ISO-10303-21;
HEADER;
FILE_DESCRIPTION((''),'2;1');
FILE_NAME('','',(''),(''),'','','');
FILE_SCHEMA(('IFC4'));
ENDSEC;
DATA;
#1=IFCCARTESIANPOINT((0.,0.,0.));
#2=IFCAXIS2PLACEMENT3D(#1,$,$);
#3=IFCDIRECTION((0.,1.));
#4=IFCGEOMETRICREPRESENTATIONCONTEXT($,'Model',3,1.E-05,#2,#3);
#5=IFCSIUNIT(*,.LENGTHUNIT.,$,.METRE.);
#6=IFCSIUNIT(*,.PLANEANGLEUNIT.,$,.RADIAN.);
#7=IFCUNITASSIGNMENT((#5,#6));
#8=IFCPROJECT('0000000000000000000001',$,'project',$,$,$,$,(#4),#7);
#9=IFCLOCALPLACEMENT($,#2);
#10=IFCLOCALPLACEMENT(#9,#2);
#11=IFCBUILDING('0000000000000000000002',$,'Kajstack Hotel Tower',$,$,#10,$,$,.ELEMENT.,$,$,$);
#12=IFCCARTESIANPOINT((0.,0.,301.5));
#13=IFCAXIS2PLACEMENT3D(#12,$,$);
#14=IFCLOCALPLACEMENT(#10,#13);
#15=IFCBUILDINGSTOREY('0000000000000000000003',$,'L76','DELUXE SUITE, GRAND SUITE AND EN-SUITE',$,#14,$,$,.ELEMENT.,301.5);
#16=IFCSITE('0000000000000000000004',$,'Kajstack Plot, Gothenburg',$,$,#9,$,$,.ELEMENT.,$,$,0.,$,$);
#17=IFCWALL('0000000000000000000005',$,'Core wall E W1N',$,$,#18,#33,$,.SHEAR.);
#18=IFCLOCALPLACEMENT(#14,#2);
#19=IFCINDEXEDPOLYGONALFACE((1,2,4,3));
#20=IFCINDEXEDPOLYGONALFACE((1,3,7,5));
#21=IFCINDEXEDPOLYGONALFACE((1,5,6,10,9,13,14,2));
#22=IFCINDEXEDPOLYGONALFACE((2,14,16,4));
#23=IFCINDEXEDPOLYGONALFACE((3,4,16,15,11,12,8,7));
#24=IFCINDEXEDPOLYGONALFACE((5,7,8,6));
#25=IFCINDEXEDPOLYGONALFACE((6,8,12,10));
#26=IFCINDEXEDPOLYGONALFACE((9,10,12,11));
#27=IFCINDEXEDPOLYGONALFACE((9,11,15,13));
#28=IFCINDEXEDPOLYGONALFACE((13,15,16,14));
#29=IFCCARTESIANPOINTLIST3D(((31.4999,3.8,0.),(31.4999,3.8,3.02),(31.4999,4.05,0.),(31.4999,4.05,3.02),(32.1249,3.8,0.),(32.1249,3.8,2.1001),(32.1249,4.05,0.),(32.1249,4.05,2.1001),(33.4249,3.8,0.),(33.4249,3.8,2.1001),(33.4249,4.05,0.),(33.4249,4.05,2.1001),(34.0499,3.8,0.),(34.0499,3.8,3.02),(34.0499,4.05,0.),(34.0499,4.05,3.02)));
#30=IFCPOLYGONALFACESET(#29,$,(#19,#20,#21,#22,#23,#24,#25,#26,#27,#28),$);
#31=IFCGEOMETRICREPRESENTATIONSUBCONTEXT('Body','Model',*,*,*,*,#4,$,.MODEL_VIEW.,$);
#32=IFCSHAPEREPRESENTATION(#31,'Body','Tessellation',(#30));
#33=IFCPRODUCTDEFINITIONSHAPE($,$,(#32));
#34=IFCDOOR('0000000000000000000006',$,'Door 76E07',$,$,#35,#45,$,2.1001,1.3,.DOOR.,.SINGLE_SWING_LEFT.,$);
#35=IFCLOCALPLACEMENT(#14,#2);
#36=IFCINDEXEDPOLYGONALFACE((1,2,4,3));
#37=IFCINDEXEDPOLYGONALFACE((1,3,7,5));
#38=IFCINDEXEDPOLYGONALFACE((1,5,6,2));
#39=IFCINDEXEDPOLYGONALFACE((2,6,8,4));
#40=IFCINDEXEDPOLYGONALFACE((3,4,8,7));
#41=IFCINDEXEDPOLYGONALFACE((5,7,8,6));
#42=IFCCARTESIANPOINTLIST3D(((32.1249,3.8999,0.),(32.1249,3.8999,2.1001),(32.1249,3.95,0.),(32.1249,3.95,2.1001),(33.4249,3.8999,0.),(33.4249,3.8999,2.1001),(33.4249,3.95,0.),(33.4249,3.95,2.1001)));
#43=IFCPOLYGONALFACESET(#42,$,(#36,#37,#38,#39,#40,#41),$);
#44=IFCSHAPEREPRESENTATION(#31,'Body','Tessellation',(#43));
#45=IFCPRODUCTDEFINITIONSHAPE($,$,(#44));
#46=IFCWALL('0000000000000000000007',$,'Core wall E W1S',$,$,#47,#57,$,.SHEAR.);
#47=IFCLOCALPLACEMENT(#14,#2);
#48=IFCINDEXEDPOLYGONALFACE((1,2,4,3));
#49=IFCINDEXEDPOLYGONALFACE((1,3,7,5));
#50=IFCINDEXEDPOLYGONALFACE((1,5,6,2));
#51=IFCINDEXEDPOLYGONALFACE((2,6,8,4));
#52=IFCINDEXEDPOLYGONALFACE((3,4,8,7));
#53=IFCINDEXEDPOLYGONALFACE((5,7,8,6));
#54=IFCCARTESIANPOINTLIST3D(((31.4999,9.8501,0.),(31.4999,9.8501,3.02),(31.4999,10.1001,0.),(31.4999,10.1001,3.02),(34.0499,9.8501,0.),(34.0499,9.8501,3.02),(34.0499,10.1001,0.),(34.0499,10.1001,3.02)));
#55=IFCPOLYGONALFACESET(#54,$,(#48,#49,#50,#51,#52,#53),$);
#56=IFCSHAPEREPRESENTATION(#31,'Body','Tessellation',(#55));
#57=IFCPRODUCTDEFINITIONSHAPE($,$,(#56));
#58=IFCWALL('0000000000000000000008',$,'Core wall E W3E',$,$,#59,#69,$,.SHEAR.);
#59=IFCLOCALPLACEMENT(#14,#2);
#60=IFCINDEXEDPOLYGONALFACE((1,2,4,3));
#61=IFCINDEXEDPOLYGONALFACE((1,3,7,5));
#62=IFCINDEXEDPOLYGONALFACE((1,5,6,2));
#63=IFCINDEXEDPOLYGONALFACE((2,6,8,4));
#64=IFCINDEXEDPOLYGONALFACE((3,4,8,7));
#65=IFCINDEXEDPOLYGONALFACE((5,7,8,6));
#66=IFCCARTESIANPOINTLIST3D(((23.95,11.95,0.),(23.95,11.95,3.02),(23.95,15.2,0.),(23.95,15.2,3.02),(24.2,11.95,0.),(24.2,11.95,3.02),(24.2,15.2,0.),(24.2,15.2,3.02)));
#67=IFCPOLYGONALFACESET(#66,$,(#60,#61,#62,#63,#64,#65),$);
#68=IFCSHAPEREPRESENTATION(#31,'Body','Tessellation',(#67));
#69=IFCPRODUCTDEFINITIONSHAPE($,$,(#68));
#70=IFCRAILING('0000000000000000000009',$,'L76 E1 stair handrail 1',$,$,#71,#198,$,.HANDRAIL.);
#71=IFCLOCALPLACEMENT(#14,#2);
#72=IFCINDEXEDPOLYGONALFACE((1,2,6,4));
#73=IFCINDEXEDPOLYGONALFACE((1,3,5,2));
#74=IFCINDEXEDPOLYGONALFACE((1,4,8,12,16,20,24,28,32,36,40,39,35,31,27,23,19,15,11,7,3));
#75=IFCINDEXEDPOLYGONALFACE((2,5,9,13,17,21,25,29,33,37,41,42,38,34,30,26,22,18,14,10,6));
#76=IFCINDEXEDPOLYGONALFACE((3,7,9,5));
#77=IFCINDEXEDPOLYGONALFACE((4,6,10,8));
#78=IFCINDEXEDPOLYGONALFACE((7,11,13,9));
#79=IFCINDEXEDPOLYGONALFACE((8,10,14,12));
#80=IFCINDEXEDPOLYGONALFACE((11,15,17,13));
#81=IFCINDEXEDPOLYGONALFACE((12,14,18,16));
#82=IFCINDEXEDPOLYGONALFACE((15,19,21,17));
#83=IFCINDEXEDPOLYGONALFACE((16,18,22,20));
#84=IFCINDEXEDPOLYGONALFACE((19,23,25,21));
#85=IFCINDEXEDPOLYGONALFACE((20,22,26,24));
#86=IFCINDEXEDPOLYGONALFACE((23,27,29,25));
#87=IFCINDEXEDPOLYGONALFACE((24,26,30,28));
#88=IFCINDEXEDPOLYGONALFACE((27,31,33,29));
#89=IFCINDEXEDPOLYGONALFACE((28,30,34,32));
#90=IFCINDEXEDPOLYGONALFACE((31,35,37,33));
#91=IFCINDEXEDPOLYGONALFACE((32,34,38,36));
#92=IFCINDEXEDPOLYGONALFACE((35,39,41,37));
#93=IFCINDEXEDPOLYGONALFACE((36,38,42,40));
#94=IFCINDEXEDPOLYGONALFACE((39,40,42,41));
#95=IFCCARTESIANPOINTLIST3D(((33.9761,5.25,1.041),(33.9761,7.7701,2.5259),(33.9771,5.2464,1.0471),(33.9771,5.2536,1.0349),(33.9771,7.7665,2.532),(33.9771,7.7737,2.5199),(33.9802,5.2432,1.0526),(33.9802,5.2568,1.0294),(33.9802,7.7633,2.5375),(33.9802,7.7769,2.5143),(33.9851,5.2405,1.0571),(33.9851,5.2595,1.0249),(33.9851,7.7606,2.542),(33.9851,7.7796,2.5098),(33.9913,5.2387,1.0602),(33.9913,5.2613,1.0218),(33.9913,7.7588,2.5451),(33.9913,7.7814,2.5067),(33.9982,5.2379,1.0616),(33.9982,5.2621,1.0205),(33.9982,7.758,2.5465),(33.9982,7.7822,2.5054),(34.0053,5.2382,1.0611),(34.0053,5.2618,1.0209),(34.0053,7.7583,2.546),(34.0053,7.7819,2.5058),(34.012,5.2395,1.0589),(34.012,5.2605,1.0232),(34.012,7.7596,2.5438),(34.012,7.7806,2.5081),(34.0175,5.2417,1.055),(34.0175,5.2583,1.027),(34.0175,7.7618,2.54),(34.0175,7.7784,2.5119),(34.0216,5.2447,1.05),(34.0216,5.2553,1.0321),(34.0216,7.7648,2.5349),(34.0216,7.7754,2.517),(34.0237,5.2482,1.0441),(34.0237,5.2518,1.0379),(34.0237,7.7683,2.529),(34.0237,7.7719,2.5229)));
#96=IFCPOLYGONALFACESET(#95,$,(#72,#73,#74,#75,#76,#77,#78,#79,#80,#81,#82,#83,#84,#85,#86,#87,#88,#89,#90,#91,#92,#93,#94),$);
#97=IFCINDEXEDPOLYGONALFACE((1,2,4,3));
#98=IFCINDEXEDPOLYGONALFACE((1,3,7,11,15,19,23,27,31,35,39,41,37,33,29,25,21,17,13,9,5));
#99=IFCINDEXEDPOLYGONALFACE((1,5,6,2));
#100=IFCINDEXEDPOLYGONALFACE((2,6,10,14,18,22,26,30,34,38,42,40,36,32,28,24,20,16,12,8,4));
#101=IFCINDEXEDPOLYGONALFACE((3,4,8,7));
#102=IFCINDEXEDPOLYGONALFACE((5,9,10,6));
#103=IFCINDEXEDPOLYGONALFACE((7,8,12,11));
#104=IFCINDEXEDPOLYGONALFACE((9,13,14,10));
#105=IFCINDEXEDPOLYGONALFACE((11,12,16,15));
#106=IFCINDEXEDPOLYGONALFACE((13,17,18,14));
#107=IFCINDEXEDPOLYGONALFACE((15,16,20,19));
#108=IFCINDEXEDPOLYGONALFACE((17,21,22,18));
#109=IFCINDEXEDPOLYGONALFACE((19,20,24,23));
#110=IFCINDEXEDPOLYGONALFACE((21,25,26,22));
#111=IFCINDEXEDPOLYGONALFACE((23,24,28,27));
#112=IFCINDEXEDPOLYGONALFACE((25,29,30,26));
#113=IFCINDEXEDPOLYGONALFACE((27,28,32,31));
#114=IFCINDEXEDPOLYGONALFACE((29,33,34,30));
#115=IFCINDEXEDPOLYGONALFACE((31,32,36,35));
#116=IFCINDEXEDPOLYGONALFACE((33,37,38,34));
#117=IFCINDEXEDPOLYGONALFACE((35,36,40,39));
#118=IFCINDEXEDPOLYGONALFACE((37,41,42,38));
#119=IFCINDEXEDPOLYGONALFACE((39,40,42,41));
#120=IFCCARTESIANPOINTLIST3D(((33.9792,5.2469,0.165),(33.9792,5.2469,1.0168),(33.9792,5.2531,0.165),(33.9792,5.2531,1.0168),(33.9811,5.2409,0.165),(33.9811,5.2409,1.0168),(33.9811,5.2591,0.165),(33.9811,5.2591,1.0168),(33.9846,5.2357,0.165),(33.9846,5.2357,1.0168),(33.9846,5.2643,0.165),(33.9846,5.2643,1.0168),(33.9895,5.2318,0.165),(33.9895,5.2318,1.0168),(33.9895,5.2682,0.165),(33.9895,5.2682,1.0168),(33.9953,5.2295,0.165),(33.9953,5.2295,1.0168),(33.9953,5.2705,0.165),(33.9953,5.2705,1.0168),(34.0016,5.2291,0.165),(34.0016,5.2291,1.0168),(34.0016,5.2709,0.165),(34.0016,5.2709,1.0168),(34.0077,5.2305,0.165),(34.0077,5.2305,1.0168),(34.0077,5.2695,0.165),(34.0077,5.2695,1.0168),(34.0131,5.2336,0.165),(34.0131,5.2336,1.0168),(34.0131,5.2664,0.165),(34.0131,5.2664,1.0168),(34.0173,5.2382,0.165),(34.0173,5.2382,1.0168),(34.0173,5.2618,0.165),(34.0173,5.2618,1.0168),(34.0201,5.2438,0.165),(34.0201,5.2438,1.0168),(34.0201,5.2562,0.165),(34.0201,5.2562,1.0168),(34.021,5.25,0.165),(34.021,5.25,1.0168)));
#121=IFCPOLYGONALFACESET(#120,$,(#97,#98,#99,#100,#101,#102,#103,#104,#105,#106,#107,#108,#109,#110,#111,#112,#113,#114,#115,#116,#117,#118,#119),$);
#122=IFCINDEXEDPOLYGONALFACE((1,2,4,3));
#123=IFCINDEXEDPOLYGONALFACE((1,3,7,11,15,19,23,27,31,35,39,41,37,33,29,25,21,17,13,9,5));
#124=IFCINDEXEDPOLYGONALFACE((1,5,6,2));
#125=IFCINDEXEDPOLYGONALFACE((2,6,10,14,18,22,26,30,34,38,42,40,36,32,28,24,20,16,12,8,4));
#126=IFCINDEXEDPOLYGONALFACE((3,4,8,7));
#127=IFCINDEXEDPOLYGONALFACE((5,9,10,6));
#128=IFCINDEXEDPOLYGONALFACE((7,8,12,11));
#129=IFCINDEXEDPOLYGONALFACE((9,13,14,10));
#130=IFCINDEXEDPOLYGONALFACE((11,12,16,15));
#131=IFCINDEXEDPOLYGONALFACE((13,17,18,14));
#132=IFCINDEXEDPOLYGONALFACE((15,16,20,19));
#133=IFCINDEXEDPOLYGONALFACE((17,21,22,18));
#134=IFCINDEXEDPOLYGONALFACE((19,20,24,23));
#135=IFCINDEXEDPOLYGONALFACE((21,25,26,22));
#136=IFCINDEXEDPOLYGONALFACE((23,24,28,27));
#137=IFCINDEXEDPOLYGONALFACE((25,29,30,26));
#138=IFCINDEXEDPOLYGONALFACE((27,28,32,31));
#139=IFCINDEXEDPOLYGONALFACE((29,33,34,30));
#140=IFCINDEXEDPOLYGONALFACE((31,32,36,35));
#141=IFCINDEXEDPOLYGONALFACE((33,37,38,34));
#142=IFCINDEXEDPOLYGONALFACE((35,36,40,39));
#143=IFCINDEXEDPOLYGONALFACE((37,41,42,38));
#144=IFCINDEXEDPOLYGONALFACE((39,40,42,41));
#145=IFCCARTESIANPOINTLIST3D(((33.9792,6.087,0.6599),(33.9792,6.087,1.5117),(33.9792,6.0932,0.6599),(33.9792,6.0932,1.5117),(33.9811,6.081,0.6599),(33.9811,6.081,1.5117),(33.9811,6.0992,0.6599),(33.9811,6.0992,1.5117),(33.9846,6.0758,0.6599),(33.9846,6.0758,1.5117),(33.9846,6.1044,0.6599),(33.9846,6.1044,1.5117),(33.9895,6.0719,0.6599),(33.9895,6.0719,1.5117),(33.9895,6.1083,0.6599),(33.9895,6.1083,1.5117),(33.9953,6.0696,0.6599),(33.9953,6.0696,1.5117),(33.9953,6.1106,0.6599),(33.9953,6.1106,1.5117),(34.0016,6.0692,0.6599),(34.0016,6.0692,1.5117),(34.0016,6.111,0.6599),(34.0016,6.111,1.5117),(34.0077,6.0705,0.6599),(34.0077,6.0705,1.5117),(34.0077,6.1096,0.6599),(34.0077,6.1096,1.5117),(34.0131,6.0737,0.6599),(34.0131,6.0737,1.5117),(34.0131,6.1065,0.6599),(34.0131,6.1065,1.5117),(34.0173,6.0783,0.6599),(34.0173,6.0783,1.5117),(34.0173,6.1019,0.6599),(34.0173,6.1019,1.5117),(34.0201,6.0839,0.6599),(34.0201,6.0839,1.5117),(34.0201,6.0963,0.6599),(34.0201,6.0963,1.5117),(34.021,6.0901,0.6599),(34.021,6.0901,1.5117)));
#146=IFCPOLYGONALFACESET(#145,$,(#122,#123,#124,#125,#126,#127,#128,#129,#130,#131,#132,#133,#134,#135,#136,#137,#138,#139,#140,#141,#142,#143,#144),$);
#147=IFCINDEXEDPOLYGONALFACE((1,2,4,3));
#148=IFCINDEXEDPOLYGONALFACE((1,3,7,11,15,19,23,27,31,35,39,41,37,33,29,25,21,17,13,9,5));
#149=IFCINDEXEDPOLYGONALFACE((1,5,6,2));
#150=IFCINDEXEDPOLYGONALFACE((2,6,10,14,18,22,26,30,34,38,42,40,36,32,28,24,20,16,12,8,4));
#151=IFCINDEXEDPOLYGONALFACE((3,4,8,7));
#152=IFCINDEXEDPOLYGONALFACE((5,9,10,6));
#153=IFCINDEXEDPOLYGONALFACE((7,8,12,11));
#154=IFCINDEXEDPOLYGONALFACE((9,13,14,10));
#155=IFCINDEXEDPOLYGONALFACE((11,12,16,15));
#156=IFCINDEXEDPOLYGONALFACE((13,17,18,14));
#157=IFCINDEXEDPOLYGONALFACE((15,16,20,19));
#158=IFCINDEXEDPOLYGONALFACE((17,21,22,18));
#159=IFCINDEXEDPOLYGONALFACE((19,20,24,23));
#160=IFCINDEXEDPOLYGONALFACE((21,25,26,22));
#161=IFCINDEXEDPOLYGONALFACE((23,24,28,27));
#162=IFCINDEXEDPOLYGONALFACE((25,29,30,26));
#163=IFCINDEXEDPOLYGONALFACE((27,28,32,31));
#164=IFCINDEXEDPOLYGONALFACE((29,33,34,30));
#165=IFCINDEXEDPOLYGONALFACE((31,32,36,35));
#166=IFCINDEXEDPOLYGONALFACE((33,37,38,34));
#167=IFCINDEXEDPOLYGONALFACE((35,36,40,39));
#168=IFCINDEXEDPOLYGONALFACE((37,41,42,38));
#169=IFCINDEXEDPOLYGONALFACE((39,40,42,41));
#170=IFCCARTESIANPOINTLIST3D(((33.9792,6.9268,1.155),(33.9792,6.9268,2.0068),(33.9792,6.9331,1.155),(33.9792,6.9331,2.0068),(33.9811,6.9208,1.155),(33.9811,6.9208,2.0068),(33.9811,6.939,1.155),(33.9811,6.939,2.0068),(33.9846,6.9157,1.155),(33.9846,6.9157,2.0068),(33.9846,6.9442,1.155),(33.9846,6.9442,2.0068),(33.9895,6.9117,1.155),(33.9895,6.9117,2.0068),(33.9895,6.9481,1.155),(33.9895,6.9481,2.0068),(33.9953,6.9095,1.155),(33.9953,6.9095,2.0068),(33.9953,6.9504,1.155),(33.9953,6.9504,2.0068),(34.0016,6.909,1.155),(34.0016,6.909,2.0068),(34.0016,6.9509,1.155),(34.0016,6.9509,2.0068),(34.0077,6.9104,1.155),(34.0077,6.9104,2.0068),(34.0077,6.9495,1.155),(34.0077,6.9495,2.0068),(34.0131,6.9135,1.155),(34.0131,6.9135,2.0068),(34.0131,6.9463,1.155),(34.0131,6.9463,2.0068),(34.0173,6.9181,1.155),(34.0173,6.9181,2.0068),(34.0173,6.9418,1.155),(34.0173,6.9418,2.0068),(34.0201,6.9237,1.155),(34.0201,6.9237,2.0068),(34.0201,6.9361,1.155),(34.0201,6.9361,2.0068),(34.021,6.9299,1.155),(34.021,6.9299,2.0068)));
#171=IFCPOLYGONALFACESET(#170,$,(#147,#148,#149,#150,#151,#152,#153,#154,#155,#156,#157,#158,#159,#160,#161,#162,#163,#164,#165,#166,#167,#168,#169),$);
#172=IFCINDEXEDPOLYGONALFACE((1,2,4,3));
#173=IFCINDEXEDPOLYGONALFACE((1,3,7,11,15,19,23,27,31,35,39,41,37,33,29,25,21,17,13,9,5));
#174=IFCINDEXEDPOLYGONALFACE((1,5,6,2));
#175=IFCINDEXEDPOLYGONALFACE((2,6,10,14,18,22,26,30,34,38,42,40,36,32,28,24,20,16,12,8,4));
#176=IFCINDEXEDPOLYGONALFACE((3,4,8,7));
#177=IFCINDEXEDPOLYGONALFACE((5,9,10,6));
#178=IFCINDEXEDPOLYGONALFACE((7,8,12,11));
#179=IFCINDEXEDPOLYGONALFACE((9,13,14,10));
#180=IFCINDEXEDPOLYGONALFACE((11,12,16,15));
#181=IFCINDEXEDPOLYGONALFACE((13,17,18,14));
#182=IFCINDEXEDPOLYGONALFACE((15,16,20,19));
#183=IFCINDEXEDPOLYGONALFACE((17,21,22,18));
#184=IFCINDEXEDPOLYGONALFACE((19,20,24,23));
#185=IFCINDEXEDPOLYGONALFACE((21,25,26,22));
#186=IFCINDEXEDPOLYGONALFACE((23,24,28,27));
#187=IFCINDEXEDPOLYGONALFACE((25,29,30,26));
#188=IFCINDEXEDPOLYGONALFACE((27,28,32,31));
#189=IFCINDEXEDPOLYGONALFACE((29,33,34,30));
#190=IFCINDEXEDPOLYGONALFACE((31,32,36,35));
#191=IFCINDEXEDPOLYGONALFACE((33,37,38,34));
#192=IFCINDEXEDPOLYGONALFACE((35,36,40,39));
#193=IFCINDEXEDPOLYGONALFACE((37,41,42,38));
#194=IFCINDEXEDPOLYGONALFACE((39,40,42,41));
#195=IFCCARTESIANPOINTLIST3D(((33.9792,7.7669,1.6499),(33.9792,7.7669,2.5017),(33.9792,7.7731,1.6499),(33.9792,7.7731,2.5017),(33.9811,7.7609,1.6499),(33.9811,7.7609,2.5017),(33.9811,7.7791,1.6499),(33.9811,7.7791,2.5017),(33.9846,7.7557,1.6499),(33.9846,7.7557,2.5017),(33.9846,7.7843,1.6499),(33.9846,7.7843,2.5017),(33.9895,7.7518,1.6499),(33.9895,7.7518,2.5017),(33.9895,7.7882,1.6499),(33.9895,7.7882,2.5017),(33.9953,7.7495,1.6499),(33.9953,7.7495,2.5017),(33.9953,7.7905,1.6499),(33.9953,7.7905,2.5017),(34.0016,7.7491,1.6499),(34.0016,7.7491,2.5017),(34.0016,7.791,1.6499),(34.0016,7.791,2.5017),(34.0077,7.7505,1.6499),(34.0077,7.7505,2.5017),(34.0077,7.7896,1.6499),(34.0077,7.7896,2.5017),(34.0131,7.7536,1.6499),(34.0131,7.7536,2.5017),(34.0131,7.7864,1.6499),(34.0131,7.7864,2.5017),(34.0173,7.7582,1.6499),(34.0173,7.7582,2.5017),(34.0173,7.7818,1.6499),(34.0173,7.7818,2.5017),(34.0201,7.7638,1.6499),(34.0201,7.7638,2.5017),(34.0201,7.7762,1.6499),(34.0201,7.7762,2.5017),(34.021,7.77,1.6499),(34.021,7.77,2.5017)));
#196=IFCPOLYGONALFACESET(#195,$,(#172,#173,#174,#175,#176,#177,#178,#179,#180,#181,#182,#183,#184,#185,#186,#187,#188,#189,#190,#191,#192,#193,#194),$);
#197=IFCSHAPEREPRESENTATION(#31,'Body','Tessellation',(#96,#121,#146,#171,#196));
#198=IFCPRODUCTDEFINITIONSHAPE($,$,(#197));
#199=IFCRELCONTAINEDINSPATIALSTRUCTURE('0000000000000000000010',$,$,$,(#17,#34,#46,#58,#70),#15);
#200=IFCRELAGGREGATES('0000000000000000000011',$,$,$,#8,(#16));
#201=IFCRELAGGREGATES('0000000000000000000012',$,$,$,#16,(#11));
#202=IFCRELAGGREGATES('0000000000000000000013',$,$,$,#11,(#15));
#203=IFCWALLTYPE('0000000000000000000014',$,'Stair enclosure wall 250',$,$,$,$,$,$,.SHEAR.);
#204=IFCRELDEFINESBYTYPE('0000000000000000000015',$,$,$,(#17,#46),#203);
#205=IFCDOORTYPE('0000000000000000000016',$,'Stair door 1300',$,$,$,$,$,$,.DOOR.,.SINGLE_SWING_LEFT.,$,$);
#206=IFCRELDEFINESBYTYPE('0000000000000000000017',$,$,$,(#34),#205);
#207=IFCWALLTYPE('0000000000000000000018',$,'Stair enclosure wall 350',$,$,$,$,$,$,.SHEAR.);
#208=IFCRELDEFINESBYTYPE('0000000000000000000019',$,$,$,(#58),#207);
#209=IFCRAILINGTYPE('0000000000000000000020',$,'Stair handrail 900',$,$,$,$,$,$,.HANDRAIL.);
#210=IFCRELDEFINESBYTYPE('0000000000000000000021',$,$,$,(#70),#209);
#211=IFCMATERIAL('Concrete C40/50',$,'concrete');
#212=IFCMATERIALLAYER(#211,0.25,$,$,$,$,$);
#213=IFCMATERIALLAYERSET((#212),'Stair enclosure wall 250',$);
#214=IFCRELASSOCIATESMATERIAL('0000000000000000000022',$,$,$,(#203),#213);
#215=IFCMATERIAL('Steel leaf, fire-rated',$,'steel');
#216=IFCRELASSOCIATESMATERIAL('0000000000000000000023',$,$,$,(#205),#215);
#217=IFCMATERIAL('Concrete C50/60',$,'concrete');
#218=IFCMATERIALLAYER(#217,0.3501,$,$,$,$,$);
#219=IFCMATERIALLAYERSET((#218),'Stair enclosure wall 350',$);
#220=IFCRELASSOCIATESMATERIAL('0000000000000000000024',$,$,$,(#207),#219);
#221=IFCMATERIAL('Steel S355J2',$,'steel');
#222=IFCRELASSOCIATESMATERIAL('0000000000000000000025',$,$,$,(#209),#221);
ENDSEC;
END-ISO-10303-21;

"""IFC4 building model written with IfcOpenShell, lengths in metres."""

from ifc_helpers import new_model, si_unit, direction, frame, frame_2d, origin, origin_2d, place, context, subcontext, project, spatial, rectangle, circle, extrude, material, layer, layer_set, type_object, element, fill, save


model = new_model("IFC4")

# Units and contexts
model_context = context("Model", 3, precision=1e-05, world=origin(), true_north=direction((0.0, 1.0)))
body_context = subcontext(model_context, "Body", "Model", "MODEL_VIEW")
ifc_project = project(units=[si_unit("LENGTHUNIT", "METRE"), si_unit("PLANEANGLEUNIT", "RADIAN")], contexts=[model_context])

# Site, building, storey
site_placement = place(None, origin())
site = spatial("IfcSite", under=ifc_project, at=site_placement, Name="Kajstack Plot, Gothenburg", CompositionType="ELEMENT", RefElevation=0.0)
building_placement = place(site_placement, origin())
building = spatial("IfcBuilding", under=site, at=building_placement, Name="Kajstack Hotel Tower", CompositionType="ELEMENT")
storey_placement = place(building_placement, frame((0.0, 0.0, 301.5)))
storey = spatial("IfcBuildingStorey", under=building, at=storey_placement, Name="L76", Description="DELUXE SUITE, GRAND SUITE AND EN-SUITE", CompositionType="ELEMENT", Elevation=301.5)

# Shared definitions
ifc_material_1 = material(Name="Concrete C40/50", Category="concrete")
ifc_material_2 = material(Name="Concrete C50/60", Category="concrete")

# Wall, opening, door
ifc_layer_1 = layer(ifc_material_1, 0.25)
ifc_layer_set_1 = layer_set([ifc_layer_1], Name="Stair enclosure wall 250")
wall_type_1 = type_object("IfcWallType", Name="Stair enclosure wall 250", PredefinedType="SHEAR", material=ifc_layer_set_1)
wall_1_placement = place(storey_placement, frame((31.5, 3.925, 0.0), z_axis=(0.0, 0.0, 1.0), x_axis=(1.0, 0.0, 0.0)))
wall_1 = element("IfcWall", 1, at=wall_1_placement, inside=storey, type_object=wall_type_1, Name="Core wall E W1N", PredefinedType="SHEAR", context=body_context, shape_type="SweptSolid", body=[
    extrude(rectangle(XDim=2.55, YDim=0.25, at=frame_2d((1.2749, 0.0))), origin(), (0.0, 0.0, 1.0), 3.02),
])
opening_1_placement = place(wall_1_placement, frame((0.625, 0.0, 0.0)))
opening_1 = element("IfcOpeningElement", 2, at=opening_1_placement, cuts=wall_1, PredefinedType="OPENING", context=body_context, shape_type="SweptSolid", body=[
    extrude(rectangle(XDim=1.3, YDim=2.1001, at=frame_2d((0.6499, 1.05))), frame((0.0, 0.135, 0.0), z_axis=(0.0, -1.0, 0.0), x_axis=(1.0, 0.0, 0.0)), (0.0, 0.0, 1.0), 0.27),
])
ifc_material_3 = material(Name="Steel leaf, fire-rated", Category="steel")
door_type_1 = type_object("IfcDoorType", Name="Stair door 1300", OperationType="SINGLE_SWING_LEFT", PredefinedType="DOOR", material=ifc_material_3)
door_1_placement = place(opening_1_placement, origin())
door_1 = element("IfcDoor", 3, at=door_1_placement, inside=storey, type_object=door_type_1, Name="Door 76E07", OperationType="SINGLE_SWING_LEFT", OverallHeight=2.1001, OverallWidth=1.3, PredefinedType="DOOR", context=body_context, shape_type="SweptSolid", body=[
    extrude(rectangle(XDim=1.3, YDim=2.1001, at=frame_2d((0.6499, 1.05))), frame((0.0, 0.0249, 0.0), z_axis=(0.0, -1.0, 0.0), x_axis=(1.0, 0.0, 0.0)), (0.0, 0.0, 1.0), 0.05),
])
fill(opening_1, door_1)

# Walls
wall_2_placement = place(storey_placement, frame((31.5, 9.9751, 0.0), z_axis=(0.0, 0.0, 1.0), x_axis=(1.0, 0.0, 0.0)))
element("IfcWall", 4, at=wall_2_placement, inside=storey, type_object=wall_type_1, Name="Core wall E W1S", PredefinedType="SHEAR", context=body_context, shape_type="SweptSolid", body=[
    extrude(rectangle(XDim=2.55, YDim=0.25, at=frame_2d((1.2749, 0.0))), origin(), (0.0, 0.0, 1.0), 3.02),
])
ifc_layer_2 = layer(ifc_material_2, 0.3501)
ifc_layer_set_2 = layer_set([ifc_layer_2], Name="Stair enclosure wall 350")
wall_type_2 = type_object("IfcWallType", Name="Stair enclosure wall 350", PredefinedType="SHEAR", material=ifc_layer_set_2)
wall_3_placement = place(storey_placement, frame((24.075, 11.95, 0.0), z_axis=(0.0, 0.0, 1.0), x_axis=(0.0, 1.0, 0.0)))
element("IfcWall", 5, at=wall_3_placement, inside=storey, type_object=wall_type_2, Name="Core wall E W3E", PredefinedType="SHEAR", context=body_context, shape_type="SweptSolid", body=[
    extrude(rectangle(XDim=3.25, YDim=0.25, at=frame_2d((1.625, 0.0))), origin(), (0.0, 0.0, 1.0), 3.02),
])

# Railing
ifc_material_4 = material(Name="Steel S355J2", Category="steel")
railing_type_1 = type_object("IfcRailingType", Name="Stair handrail 900", PredefinedType="HANDRAIL", material=ifc_material_4)
railing_1_placement = place(storey_placement, frame((34.0, 5.25, 0.165)))
element("IfcRailing", 6, at=railing_1_placement, inside=storey, type_object=railing_type_1, Name="L76 E1 stair handrail 1", PredefinedType="HANDRAIL", context=body_context, shape_type="SweptSolid", body=[
    extrude(circle(Radius=0.0239, at=origin_2d()), frame((0.0, 0.0, 0.876), z_axis=(0.0, 0.861561, 0.507655), x_axis=(-1.0, 0.0, 0.0)), (0.0, 0.0, 1.0), 2.925),
    extrude(circle(Radius=0.021, at=origin_2d()), origin(), (0.0, 0.0, 1.0), 0.8518),
    extrude(circle(Radius=0.021, at=origin_2d()), frame((0.0, 0.8401, 0.4949)), (0.0, 0.0, 1.0), 0.8518),
    extrude(circle(Radius=0.021, at=origin_2d()), frame((0.0, 1.6799, 0.99)), (0.0, 0.0, 1.0), 0.8518),
    extrude(circle(Radius=0.021, at=origin_2d()), frame((0.0, 2.52, 1.4849)), (0.0, 0.0, 1.0), 0.8518),
])

save(model, "model.ifc")
